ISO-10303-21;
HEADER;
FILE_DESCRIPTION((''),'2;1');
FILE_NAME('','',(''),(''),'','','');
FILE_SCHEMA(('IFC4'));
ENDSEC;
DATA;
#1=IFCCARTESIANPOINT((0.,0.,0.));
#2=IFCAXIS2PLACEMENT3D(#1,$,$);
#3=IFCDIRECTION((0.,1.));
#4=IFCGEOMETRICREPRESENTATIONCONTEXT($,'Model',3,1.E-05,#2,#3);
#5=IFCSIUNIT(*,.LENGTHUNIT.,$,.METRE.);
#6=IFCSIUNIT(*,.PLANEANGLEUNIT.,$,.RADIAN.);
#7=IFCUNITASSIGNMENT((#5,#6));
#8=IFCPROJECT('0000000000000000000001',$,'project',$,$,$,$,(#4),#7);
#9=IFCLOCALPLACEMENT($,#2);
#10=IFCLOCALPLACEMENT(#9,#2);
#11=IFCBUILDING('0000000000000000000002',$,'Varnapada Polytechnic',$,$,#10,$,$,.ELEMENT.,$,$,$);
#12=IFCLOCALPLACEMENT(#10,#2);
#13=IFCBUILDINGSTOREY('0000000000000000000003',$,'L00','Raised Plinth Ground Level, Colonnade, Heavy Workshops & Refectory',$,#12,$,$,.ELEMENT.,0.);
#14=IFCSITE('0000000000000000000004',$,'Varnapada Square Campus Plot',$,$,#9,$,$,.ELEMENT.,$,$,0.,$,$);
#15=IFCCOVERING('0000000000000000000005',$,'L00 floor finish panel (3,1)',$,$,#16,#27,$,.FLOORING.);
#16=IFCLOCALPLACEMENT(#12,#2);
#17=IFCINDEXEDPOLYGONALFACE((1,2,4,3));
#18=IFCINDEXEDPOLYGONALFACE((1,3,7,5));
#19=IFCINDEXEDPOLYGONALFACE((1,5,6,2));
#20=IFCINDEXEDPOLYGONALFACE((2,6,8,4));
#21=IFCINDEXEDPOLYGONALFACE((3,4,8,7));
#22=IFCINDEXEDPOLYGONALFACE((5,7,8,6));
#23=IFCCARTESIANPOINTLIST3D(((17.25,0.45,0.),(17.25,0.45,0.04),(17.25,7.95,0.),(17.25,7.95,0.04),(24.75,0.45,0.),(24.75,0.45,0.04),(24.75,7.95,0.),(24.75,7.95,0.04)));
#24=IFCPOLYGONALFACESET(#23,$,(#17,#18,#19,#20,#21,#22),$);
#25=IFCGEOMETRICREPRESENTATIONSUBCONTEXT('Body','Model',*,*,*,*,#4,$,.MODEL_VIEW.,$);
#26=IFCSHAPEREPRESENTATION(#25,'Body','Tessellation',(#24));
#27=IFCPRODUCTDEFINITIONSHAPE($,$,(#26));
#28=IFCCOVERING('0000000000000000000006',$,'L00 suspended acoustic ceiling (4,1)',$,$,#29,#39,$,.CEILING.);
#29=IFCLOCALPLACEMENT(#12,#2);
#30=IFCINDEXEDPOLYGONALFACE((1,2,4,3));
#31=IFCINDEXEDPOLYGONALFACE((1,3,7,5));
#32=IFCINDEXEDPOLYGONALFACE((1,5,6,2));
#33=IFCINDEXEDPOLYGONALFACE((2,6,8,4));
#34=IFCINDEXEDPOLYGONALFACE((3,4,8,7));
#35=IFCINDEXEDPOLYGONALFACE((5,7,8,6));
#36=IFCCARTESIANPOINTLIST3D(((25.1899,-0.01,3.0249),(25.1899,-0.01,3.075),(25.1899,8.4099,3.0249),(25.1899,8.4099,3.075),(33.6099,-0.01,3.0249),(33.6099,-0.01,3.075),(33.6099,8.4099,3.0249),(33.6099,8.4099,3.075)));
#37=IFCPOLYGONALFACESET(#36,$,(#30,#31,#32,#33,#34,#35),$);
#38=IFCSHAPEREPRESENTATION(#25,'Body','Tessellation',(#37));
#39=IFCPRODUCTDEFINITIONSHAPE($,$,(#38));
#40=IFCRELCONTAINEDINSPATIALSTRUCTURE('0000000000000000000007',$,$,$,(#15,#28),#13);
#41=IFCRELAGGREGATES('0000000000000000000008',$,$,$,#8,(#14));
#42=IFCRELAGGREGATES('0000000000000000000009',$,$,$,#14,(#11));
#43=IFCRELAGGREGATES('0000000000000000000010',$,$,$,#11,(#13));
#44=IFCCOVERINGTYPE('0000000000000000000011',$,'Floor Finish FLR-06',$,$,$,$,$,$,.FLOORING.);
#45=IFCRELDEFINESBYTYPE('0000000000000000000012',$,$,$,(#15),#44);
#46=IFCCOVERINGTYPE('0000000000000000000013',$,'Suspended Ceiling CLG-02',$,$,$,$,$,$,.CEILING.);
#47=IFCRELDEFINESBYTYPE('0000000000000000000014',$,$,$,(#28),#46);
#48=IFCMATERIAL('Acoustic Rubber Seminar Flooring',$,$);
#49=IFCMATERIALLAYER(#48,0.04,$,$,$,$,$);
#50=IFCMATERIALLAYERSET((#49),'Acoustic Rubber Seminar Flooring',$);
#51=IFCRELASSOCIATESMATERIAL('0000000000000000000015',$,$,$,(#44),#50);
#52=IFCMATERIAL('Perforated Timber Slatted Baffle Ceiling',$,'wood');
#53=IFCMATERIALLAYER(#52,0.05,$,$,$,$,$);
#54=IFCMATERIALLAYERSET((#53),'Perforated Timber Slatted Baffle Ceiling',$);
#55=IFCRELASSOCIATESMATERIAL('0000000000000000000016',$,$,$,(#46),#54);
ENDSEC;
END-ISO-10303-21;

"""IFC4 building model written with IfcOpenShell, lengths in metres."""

from ifc_helpers import new_model, si_unit, direction, frame, origin, origin_2d, place, context, subcontext, project, spatial, rectangle, extrude, material, layer, layer_set, type_object, element, save


model = new_model("IFC4")

# Units and contexts
model_context = context("Model", 3, precision=1e-05, world=origin(), true_north=direction((0.0, 1.0)))
body_context = subcontext(model_context, "Body", "Model", "MODEL_VIEW")
ifc_project = project(units=[si_unit("LENGTHUNIT", "METRE"), si_unit("PLANEANGLEUNIT", "RADIAN")], contexts=[model_context])

# Site, building, storey
site_placement = place(None, origin())
site = spatial("IfcSite", under=ifc_project, at=site_placement, Name="Varnapada Square Campus Plot", CompositionType="ELEMENT", RefElevation=0.0)
building_placement = place(site_placement, origin())
building = spatial("IfcBuilding", under=site, at=building_placement, Name="Varnapada Polytechnic", CompositionType="ELEMENT")
storey_placement = place(building_placement, origin())
storey = spatial("IfcBuildingStorey", under=building, at=storey_placement, Name="L00", Description="Raised Plinth Ground Level, Colonnade, Heavy Workshops & Refectory", CompositionType="ELEMENT", Elevation=0.0)

# Covering
ifc_material_1 = material(Name="Acoustic Rubber Seminar Flooring")
ifc_layer_1 = layer(ifc_material_1, 0.04)
ifc_layer_set_1 = layer_set([ifc_layer_1], Name="Acoustic Rubber Seminar Flooring")
covering_type_1 = type_object("IfcCoveringType", Name="Floor Finish FLR-06", PredefinedType="FLOORING", material=ifc_layer_set_1)
covering_1_placement = place(storey_placement, frame((21.0, 4.2, 0.0), z_axis=(0.0, 0.0, 1.0), x_axis=(1.0, 0.0, 0.0)))
element("IfcCovering", 1, at=covering_1_placement, inside=storey, type_object=covering_type_1, Name="L00 floor finish panel (3,1)", PredefinedType="FLOORING", context=body_context, shape_type="SweptSolid", body=[
    extrude(rectangle(XDim=7.5, YDim=7.5, at=origin_2d()), origin(), (0.0, 0.0, 1.0), 0.04),
])

# Covering
ifc_material_2 = material(Name="Perforated Timber Slatted Baffle Ceiling", Category="wood")
ifc_layer_2 = layer(ifc_material_2, 0.05)
ifc_layer_set_2 = layer_set([ifc_layer_2], Name="Perforated Timber Slatted Baffle Ceiling")
covering_type_2 = type_object("IfcCoveringType", Name="Suspended Ceiling CLG-02", PredefinedType="CEILING", material=ifc_layer_set_2)
covering_2_placement = place(storey_placement, frame((29.3999, 4.2, 3.0249), z_axis=(0.0, 0.0, 1.0), x_axis=(1.0, 0.0, 0.0)))
element("IfcCovering", 2, at=covering_2_placement, inside=storey, type_object=covering_type_2, Name="L00 suspended acoustic ceiling (4,1)", PredefinedType="CEILING", context=body_context, shape_type="SweptSolid", body=[
    extrude(rectangle(XDim=8.4199, YDim=8.4199, at=origin_2d()), origin(), (0.0, 0.0, 1.0), 0.05),
])

save(model, "model.ifc")
